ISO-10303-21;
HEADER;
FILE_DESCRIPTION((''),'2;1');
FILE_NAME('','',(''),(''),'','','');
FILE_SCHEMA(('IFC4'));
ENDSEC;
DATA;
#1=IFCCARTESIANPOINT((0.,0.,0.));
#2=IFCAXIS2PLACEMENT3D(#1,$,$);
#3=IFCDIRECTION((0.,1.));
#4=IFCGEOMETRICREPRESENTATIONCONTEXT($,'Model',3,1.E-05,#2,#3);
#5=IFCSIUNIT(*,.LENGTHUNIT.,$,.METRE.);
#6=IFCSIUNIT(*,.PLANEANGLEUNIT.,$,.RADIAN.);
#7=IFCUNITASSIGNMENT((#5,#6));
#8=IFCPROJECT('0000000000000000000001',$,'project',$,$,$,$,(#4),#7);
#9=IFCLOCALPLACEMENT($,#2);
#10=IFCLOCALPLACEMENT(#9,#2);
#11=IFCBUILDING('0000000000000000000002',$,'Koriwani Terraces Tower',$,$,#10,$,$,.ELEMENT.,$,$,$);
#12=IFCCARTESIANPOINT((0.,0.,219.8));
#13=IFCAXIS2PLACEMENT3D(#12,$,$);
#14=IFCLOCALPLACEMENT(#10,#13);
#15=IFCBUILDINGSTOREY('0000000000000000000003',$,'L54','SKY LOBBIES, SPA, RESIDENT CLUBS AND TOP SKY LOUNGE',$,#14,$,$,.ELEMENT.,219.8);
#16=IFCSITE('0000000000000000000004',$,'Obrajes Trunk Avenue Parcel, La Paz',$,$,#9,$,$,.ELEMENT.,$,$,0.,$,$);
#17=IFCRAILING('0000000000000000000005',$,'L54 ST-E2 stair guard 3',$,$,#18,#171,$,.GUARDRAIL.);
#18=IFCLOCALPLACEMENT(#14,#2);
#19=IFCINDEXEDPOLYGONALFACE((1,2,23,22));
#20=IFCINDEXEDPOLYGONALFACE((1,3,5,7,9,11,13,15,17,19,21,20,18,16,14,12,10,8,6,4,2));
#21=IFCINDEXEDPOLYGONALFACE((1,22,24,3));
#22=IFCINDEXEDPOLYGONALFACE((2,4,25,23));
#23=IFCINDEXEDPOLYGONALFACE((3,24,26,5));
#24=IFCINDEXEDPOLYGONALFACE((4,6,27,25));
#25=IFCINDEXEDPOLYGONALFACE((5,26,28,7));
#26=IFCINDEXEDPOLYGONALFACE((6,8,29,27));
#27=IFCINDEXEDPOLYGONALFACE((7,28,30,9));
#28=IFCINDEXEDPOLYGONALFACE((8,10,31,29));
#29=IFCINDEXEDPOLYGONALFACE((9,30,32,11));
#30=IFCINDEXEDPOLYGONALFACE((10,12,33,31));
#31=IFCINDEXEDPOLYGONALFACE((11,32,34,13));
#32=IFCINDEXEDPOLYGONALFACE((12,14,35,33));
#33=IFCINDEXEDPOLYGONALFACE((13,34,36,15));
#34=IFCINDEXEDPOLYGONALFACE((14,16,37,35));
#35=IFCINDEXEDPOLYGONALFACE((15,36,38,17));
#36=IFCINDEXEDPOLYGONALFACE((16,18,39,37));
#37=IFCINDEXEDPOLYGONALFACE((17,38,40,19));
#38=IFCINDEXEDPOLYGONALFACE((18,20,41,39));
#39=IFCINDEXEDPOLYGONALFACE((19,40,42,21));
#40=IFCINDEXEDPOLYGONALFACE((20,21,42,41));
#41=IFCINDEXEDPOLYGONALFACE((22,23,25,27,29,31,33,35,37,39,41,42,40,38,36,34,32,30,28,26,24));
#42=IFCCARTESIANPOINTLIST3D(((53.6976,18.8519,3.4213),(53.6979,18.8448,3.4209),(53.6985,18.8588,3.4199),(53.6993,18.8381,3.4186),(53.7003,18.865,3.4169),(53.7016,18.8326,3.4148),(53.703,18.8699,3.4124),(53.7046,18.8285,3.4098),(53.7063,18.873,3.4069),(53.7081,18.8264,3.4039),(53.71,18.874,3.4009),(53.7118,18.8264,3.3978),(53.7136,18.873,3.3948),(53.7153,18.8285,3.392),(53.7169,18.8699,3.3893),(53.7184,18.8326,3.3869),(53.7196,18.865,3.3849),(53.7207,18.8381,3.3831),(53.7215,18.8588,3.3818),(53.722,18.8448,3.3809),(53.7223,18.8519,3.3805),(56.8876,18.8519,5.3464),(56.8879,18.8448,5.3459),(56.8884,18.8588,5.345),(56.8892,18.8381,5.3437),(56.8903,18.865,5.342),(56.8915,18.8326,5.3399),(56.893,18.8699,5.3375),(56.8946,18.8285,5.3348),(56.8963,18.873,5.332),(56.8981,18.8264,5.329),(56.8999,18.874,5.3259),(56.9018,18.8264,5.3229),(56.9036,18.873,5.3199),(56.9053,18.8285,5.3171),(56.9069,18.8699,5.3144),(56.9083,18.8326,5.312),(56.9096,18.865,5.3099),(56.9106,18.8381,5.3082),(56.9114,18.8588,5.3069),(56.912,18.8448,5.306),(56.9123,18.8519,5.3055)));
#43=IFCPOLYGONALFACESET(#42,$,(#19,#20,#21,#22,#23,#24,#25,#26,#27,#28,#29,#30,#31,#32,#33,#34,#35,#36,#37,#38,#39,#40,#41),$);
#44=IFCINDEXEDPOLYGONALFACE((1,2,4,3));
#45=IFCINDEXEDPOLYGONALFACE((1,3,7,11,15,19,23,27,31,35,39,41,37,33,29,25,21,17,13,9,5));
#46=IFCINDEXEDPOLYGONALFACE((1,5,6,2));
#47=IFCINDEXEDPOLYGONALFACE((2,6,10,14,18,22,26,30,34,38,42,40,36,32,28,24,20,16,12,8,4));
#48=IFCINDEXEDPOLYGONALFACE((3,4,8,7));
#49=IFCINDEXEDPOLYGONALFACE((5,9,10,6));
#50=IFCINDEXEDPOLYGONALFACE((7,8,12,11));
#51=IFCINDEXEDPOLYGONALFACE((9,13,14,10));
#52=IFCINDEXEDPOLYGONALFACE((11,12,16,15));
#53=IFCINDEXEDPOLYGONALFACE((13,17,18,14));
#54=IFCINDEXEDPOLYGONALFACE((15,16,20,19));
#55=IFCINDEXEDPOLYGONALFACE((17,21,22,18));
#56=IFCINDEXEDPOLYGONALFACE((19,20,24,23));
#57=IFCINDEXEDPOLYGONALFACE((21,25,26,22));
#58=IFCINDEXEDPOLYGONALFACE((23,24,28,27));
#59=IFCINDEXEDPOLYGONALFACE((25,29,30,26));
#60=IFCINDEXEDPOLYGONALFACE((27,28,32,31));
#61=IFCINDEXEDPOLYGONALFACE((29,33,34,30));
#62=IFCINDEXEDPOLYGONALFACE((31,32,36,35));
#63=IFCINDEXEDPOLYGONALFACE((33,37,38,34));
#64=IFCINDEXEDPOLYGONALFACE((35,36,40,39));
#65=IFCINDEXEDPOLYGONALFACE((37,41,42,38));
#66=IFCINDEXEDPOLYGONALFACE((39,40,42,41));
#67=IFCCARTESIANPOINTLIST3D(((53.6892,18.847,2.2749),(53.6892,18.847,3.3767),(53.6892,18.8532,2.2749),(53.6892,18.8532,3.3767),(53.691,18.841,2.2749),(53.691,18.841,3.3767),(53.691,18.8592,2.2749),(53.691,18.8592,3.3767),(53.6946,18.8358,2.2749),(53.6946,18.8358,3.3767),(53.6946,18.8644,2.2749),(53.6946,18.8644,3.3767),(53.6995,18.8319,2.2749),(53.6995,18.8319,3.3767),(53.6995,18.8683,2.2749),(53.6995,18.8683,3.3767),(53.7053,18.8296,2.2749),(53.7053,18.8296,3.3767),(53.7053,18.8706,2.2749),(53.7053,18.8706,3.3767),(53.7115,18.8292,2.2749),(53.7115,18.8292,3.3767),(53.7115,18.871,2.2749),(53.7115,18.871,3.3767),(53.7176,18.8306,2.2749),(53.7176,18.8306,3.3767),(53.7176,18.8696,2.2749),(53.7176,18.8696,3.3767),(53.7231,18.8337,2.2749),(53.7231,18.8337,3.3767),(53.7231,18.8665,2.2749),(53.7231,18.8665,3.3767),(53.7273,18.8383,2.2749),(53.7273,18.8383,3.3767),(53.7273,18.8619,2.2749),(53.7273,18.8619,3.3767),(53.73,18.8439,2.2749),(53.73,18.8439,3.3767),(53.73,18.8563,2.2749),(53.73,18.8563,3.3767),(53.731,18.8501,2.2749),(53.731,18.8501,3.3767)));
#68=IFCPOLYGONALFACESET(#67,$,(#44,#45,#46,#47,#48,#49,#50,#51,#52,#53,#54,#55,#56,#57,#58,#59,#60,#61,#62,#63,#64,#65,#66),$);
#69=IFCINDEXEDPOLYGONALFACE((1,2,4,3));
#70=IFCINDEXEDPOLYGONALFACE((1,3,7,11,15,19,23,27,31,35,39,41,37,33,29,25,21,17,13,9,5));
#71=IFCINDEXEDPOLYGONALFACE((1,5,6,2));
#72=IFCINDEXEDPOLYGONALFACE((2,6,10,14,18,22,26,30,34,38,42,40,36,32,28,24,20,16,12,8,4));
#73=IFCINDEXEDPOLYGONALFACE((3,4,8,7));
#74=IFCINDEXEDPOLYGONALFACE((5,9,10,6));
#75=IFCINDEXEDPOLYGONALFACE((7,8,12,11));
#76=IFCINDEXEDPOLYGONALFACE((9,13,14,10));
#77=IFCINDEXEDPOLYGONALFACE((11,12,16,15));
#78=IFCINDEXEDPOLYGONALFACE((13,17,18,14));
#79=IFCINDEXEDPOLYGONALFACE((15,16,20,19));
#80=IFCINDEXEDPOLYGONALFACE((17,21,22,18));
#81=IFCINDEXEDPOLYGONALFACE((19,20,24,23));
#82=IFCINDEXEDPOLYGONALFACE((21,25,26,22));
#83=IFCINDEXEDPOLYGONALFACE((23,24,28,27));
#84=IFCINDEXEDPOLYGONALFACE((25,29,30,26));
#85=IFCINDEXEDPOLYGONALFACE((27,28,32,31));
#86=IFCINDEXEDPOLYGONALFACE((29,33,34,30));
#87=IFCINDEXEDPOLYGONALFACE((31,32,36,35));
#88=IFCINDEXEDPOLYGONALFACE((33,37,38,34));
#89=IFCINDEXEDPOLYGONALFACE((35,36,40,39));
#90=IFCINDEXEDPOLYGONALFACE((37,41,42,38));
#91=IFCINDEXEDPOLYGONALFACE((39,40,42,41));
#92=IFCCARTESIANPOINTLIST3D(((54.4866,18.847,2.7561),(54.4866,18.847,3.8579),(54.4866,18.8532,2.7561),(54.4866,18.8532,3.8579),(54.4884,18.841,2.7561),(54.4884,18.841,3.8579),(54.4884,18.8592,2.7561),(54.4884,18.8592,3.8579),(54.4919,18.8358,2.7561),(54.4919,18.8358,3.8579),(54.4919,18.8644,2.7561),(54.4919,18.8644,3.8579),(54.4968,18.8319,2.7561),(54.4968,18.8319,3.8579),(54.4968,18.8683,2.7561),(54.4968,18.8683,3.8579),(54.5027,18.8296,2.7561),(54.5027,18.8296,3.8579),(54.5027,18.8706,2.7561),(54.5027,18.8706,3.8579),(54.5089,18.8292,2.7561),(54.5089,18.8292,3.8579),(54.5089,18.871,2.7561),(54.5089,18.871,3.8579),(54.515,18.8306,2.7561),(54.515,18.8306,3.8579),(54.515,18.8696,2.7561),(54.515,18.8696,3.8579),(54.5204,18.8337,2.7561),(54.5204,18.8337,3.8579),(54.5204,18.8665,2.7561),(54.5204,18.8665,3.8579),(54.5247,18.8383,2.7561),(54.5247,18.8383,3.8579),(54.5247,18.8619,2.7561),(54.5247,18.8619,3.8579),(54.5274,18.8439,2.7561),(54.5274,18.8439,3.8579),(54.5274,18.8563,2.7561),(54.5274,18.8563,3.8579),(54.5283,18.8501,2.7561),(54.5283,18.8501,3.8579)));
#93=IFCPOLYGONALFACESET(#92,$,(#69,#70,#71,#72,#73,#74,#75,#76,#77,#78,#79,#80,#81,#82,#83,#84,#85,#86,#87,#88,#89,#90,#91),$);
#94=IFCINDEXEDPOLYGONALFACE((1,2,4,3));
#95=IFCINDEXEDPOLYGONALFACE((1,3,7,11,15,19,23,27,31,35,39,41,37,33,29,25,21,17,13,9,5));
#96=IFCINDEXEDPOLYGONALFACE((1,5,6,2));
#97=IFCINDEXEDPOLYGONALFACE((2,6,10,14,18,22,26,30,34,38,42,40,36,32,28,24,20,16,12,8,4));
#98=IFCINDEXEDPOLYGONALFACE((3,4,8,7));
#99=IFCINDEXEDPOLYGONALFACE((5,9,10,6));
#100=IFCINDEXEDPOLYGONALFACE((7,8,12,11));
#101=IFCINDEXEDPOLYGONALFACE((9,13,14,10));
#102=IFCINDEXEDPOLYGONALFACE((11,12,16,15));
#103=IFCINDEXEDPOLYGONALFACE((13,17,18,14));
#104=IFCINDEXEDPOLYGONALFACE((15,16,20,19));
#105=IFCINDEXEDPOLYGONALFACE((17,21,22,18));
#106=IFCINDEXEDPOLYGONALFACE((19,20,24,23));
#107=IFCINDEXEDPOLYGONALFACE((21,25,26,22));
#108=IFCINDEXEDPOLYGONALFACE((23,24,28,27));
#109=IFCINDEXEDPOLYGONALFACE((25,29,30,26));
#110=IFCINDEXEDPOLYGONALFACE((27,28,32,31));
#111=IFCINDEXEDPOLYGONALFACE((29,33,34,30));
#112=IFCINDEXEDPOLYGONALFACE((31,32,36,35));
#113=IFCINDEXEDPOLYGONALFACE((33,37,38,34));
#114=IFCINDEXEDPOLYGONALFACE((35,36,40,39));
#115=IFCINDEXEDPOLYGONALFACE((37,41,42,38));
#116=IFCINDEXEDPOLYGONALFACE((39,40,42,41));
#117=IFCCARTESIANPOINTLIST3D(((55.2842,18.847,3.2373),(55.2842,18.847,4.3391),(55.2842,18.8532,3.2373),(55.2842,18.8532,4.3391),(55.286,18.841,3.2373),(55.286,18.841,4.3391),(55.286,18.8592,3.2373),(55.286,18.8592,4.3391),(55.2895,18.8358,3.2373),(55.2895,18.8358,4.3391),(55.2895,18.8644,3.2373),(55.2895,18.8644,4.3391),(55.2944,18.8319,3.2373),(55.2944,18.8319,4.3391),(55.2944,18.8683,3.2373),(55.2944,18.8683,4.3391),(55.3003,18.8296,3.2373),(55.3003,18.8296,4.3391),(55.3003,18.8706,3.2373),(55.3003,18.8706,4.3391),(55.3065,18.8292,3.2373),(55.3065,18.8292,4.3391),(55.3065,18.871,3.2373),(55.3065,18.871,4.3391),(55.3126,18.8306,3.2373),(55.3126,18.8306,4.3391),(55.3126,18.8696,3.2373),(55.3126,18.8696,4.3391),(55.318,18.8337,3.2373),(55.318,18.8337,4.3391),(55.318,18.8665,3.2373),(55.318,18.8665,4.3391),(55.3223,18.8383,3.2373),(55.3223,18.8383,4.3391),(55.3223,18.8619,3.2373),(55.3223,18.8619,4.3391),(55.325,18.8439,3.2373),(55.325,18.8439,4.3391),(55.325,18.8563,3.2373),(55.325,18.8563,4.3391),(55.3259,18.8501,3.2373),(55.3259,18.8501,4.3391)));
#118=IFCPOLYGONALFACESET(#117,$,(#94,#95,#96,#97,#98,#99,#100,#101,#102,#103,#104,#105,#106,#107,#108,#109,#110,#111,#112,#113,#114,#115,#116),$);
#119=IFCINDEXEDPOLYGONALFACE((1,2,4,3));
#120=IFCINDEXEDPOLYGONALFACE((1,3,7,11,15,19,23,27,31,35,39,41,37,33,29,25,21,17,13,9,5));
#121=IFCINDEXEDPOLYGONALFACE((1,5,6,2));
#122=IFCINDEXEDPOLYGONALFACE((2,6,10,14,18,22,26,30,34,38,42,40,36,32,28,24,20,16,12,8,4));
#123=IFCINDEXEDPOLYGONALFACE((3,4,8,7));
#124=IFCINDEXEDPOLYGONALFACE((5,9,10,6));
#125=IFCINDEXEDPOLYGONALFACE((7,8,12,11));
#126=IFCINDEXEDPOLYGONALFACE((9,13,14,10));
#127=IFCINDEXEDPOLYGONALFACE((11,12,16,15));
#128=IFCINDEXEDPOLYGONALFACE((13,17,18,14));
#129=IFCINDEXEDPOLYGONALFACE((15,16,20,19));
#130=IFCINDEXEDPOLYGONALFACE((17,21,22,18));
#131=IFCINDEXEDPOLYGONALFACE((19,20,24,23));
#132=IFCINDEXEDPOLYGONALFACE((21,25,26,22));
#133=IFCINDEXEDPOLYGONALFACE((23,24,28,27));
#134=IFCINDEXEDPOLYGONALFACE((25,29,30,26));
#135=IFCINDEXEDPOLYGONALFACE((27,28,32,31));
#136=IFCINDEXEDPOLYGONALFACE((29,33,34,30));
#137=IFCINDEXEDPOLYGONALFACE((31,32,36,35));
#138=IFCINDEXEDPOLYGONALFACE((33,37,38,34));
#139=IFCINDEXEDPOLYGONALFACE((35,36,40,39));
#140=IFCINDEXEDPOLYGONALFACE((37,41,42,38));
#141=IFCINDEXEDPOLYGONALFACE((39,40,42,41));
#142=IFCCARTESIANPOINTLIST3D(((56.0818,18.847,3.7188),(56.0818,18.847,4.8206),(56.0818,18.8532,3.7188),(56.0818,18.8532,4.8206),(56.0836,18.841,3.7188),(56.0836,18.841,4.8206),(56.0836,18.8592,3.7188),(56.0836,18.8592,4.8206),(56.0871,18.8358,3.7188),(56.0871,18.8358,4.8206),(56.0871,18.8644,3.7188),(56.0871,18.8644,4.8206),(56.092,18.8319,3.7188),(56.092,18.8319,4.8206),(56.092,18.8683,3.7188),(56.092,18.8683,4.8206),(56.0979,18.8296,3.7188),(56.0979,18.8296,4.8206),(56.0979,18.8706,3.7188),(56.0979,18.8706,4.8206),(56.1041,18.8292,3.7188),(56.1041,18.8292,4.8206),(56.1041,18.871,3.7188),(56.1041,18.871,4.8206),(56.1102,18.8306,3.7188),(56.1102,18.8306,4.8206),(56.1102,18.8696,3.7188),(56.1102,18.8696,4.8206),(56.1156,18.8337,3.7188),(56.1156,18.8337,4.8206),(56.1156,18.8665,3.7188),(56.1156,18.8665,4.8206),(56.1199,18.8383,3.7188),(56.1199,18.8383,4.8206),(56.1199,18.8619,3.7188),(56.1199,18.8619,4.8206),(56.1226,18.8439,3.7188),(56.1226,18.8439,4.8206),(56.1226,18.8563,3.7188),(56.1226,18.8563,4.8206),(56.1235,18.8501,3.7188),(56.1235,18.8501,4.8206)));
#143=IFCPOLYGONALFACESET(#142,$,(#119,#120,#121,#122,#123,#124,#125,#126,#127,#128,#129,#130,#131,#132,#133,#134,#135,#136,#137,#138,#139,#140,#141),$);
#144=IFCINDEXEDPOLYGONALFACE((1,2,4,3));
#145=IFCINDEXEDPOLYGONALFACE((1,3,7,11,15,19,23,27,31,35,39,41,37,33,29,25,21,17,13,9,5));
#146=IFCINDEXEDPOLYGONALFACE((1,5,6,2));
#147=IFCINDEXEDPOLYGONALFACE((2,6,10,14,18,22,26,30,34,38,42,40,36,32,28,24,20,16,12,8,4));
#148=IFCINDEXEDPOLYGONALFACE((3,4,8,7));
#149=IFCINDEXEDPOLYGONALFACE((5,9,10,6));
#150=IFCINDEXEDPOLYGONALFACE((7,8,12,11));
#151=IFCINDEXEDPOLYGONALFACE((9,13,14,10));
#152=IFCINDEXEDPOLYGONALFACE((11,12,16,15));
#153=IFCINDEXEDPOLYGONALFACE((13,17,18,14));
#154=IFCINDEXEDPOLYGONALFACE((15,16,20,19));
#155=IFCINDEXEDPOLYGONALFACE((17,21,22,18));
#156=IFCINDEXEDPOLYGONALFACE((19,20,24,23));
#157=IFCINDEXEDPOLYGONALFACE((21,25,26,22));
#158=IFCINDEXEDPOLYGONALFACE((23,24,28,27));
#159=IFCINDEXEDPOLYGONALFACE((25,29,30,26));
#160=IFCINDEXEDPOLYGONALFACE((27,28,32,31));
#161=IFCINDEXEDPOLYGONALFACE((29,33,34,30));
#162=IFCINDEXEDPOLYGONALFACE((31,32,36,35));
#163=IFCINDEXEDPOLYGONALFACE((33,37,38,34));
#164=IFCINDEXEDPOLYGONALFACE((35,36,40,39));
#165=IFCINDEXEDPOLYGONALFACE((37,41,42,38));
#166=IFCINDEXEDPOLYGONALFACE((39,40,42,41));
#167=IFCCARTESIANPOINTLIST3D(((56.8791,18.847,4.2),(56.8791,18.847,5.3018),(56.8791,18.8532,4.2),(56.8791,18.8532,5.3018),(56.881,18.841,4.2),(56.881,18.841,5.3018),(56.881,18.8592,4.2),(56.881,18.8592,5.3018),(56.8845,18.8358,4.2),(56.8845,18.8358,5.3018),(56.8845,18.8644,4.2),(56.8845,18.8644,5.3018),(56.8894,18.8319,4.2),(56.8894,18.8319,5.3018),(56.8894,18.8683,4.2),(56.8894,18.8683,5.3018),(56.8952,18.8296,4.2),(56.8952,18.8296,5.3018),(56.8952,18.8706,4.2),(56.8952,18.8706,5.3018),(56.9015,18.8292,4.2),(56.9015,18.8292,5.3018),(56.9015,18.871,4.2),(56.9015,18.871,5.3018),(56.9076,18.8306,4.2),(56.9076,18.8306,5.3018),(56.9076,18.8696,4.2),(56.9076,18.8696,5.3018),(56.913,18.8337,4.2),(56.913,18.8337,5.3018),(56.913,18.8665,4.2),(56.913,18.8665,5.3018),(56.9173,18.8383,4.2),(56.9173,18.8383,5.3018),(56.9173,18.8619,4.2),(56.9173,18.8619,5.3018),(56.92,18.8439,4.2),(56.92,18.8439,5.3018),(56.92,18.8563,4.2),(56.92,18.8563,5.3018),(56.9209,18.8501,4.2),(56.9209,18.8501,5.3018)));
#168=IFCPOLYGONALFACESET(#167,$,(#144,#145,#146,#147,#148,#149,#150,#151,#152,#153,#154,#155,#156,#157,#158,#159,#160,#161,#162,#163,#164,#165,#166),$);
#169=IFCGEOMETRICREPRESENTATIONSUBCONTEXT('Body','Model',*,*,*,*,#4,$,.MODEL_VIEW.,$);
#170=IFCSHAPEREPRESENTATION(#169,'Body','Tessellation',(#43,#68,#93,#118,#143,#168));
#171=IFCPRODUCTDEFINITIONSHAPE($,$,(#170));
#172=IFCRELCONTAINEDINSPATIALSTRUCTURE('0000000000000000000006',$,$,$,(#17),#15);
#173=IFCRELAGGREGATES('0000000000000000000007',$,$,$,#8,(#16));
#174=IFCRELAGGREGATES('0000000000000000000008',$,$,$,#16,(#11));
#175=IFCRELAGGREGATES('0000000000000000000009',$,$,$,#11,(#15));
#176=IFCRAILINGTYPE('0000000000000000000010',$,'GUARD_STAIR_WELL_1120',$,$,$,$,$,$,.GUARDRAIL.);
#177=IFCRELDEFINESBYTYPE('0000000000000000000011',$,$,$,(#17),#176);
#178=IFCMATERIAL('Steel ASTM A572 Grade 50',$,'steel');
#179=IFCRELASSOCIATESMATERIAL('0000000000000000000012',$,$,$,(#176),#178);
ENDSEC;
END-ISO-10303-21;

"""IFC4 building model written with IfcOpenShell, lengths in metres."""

from ifc_helpers import new_model, si_unit, direction, frame, origin, origin_2d, place, context, subcontext, project, spatial, circle, extrude, material, type_object, element, save


model = new_model("IFC4")

# Units and contexts
model_context = context("Model", 3, precision=1e-05, world=origin(), true_north=direction((0.0, 1.0)))
body_context = subcontext(model_context, "Body", "Model", "MODEL_VIEW")
ifc_project = project(units=[si_unit("LENGTHUNIT", "METRE"), si_unit("PLANEANGLEUNIT", "RADIAN")], contexts=[model_context])

# Site, building, storey
site_placement = place(None, origin())
site = spatial("IfcSite", under=ifc_project, at=site_placement, Name="Obrajes Trunk Avenue Parcel, La Paz", CompositionType="ELEMENT", RefElevation=0.0)
building_placement = place(site_placement, origin())
building = spatial("IfcBuilding", under=site, at=building_placement, Name="Koriwani Terraces Tower", CompositionType="ELEMENT")
storey_placement = place(building_placement, frame((0.0, 0.0, 219.8)))
storey = spatial("IfcBuildingStorey", under=building, at=storey_placement, Name="L54", Description="SKY LOBBIES, SPA, RESIDENT CLUBS AND TOP SKY LOUNGE", CompositionType="ELEMENT", Elevation=219.8)

# Shared definitions
ifc_material_1 = material(Name="Steel ASTM A572 Grade 50", Category="steel")

# Railing
railing_type_1 = type_object("IfcRailingType", Name="GUARD_STAIR_WELL_1120", PredefinedType="GUARDRAIL", material=ifc_material_1)
railing_1_placement = place(storey_placement, frame((53.71, 18.8501, 2.2749)))
element("IfcRailing", 1, at=railing_1_placement, inside=storey, type_object=railing_type_1, Name="L54 ST-E2 stair guard 3", PredefinedType="GUARDRAIL", context=body_context, shape_type="SweptSolid", body=[
    extrude(circle(Radius=0.0239, at=origin_2d()), frame((0.0, 0.0, 1.126), z_axis=(0.856178, 0.0, 0.516682), x_axis=(0.0, 1.0, 0.0)), (0.0, 0.0, 1.0), 3.7258),
    extrude(circle(Radius=0.021, at=origin_2d()), origin(), (0.0, 0.0, 1.0), 1.1018),
    extrude(circle(Radius=0.021, at=origin_2d()), frame((0.7974, 0.0, 0.4812)), (0.0, 0.0, 1.0), 1.1018),
    extrude(circle(Radius=0.021, at=origin_2d()), frame((1.595, 0.0, 0.9624)), (0.0, 0.0, 1.0), 1.1018),
    extrude(circle(Radius=0.021, at=origin_2d()), frame((2.3926, 0.0, 1.4438)), (0.0, 0.0, 1.0), 1.1018),
    extrude(circle(Radius=0.021, at=origin_2d()), frame((3.1899, 0.0, 1.925)), (0.0, 0.0, 1.0), 1.1018),
])

save(model, "model.ifc")
